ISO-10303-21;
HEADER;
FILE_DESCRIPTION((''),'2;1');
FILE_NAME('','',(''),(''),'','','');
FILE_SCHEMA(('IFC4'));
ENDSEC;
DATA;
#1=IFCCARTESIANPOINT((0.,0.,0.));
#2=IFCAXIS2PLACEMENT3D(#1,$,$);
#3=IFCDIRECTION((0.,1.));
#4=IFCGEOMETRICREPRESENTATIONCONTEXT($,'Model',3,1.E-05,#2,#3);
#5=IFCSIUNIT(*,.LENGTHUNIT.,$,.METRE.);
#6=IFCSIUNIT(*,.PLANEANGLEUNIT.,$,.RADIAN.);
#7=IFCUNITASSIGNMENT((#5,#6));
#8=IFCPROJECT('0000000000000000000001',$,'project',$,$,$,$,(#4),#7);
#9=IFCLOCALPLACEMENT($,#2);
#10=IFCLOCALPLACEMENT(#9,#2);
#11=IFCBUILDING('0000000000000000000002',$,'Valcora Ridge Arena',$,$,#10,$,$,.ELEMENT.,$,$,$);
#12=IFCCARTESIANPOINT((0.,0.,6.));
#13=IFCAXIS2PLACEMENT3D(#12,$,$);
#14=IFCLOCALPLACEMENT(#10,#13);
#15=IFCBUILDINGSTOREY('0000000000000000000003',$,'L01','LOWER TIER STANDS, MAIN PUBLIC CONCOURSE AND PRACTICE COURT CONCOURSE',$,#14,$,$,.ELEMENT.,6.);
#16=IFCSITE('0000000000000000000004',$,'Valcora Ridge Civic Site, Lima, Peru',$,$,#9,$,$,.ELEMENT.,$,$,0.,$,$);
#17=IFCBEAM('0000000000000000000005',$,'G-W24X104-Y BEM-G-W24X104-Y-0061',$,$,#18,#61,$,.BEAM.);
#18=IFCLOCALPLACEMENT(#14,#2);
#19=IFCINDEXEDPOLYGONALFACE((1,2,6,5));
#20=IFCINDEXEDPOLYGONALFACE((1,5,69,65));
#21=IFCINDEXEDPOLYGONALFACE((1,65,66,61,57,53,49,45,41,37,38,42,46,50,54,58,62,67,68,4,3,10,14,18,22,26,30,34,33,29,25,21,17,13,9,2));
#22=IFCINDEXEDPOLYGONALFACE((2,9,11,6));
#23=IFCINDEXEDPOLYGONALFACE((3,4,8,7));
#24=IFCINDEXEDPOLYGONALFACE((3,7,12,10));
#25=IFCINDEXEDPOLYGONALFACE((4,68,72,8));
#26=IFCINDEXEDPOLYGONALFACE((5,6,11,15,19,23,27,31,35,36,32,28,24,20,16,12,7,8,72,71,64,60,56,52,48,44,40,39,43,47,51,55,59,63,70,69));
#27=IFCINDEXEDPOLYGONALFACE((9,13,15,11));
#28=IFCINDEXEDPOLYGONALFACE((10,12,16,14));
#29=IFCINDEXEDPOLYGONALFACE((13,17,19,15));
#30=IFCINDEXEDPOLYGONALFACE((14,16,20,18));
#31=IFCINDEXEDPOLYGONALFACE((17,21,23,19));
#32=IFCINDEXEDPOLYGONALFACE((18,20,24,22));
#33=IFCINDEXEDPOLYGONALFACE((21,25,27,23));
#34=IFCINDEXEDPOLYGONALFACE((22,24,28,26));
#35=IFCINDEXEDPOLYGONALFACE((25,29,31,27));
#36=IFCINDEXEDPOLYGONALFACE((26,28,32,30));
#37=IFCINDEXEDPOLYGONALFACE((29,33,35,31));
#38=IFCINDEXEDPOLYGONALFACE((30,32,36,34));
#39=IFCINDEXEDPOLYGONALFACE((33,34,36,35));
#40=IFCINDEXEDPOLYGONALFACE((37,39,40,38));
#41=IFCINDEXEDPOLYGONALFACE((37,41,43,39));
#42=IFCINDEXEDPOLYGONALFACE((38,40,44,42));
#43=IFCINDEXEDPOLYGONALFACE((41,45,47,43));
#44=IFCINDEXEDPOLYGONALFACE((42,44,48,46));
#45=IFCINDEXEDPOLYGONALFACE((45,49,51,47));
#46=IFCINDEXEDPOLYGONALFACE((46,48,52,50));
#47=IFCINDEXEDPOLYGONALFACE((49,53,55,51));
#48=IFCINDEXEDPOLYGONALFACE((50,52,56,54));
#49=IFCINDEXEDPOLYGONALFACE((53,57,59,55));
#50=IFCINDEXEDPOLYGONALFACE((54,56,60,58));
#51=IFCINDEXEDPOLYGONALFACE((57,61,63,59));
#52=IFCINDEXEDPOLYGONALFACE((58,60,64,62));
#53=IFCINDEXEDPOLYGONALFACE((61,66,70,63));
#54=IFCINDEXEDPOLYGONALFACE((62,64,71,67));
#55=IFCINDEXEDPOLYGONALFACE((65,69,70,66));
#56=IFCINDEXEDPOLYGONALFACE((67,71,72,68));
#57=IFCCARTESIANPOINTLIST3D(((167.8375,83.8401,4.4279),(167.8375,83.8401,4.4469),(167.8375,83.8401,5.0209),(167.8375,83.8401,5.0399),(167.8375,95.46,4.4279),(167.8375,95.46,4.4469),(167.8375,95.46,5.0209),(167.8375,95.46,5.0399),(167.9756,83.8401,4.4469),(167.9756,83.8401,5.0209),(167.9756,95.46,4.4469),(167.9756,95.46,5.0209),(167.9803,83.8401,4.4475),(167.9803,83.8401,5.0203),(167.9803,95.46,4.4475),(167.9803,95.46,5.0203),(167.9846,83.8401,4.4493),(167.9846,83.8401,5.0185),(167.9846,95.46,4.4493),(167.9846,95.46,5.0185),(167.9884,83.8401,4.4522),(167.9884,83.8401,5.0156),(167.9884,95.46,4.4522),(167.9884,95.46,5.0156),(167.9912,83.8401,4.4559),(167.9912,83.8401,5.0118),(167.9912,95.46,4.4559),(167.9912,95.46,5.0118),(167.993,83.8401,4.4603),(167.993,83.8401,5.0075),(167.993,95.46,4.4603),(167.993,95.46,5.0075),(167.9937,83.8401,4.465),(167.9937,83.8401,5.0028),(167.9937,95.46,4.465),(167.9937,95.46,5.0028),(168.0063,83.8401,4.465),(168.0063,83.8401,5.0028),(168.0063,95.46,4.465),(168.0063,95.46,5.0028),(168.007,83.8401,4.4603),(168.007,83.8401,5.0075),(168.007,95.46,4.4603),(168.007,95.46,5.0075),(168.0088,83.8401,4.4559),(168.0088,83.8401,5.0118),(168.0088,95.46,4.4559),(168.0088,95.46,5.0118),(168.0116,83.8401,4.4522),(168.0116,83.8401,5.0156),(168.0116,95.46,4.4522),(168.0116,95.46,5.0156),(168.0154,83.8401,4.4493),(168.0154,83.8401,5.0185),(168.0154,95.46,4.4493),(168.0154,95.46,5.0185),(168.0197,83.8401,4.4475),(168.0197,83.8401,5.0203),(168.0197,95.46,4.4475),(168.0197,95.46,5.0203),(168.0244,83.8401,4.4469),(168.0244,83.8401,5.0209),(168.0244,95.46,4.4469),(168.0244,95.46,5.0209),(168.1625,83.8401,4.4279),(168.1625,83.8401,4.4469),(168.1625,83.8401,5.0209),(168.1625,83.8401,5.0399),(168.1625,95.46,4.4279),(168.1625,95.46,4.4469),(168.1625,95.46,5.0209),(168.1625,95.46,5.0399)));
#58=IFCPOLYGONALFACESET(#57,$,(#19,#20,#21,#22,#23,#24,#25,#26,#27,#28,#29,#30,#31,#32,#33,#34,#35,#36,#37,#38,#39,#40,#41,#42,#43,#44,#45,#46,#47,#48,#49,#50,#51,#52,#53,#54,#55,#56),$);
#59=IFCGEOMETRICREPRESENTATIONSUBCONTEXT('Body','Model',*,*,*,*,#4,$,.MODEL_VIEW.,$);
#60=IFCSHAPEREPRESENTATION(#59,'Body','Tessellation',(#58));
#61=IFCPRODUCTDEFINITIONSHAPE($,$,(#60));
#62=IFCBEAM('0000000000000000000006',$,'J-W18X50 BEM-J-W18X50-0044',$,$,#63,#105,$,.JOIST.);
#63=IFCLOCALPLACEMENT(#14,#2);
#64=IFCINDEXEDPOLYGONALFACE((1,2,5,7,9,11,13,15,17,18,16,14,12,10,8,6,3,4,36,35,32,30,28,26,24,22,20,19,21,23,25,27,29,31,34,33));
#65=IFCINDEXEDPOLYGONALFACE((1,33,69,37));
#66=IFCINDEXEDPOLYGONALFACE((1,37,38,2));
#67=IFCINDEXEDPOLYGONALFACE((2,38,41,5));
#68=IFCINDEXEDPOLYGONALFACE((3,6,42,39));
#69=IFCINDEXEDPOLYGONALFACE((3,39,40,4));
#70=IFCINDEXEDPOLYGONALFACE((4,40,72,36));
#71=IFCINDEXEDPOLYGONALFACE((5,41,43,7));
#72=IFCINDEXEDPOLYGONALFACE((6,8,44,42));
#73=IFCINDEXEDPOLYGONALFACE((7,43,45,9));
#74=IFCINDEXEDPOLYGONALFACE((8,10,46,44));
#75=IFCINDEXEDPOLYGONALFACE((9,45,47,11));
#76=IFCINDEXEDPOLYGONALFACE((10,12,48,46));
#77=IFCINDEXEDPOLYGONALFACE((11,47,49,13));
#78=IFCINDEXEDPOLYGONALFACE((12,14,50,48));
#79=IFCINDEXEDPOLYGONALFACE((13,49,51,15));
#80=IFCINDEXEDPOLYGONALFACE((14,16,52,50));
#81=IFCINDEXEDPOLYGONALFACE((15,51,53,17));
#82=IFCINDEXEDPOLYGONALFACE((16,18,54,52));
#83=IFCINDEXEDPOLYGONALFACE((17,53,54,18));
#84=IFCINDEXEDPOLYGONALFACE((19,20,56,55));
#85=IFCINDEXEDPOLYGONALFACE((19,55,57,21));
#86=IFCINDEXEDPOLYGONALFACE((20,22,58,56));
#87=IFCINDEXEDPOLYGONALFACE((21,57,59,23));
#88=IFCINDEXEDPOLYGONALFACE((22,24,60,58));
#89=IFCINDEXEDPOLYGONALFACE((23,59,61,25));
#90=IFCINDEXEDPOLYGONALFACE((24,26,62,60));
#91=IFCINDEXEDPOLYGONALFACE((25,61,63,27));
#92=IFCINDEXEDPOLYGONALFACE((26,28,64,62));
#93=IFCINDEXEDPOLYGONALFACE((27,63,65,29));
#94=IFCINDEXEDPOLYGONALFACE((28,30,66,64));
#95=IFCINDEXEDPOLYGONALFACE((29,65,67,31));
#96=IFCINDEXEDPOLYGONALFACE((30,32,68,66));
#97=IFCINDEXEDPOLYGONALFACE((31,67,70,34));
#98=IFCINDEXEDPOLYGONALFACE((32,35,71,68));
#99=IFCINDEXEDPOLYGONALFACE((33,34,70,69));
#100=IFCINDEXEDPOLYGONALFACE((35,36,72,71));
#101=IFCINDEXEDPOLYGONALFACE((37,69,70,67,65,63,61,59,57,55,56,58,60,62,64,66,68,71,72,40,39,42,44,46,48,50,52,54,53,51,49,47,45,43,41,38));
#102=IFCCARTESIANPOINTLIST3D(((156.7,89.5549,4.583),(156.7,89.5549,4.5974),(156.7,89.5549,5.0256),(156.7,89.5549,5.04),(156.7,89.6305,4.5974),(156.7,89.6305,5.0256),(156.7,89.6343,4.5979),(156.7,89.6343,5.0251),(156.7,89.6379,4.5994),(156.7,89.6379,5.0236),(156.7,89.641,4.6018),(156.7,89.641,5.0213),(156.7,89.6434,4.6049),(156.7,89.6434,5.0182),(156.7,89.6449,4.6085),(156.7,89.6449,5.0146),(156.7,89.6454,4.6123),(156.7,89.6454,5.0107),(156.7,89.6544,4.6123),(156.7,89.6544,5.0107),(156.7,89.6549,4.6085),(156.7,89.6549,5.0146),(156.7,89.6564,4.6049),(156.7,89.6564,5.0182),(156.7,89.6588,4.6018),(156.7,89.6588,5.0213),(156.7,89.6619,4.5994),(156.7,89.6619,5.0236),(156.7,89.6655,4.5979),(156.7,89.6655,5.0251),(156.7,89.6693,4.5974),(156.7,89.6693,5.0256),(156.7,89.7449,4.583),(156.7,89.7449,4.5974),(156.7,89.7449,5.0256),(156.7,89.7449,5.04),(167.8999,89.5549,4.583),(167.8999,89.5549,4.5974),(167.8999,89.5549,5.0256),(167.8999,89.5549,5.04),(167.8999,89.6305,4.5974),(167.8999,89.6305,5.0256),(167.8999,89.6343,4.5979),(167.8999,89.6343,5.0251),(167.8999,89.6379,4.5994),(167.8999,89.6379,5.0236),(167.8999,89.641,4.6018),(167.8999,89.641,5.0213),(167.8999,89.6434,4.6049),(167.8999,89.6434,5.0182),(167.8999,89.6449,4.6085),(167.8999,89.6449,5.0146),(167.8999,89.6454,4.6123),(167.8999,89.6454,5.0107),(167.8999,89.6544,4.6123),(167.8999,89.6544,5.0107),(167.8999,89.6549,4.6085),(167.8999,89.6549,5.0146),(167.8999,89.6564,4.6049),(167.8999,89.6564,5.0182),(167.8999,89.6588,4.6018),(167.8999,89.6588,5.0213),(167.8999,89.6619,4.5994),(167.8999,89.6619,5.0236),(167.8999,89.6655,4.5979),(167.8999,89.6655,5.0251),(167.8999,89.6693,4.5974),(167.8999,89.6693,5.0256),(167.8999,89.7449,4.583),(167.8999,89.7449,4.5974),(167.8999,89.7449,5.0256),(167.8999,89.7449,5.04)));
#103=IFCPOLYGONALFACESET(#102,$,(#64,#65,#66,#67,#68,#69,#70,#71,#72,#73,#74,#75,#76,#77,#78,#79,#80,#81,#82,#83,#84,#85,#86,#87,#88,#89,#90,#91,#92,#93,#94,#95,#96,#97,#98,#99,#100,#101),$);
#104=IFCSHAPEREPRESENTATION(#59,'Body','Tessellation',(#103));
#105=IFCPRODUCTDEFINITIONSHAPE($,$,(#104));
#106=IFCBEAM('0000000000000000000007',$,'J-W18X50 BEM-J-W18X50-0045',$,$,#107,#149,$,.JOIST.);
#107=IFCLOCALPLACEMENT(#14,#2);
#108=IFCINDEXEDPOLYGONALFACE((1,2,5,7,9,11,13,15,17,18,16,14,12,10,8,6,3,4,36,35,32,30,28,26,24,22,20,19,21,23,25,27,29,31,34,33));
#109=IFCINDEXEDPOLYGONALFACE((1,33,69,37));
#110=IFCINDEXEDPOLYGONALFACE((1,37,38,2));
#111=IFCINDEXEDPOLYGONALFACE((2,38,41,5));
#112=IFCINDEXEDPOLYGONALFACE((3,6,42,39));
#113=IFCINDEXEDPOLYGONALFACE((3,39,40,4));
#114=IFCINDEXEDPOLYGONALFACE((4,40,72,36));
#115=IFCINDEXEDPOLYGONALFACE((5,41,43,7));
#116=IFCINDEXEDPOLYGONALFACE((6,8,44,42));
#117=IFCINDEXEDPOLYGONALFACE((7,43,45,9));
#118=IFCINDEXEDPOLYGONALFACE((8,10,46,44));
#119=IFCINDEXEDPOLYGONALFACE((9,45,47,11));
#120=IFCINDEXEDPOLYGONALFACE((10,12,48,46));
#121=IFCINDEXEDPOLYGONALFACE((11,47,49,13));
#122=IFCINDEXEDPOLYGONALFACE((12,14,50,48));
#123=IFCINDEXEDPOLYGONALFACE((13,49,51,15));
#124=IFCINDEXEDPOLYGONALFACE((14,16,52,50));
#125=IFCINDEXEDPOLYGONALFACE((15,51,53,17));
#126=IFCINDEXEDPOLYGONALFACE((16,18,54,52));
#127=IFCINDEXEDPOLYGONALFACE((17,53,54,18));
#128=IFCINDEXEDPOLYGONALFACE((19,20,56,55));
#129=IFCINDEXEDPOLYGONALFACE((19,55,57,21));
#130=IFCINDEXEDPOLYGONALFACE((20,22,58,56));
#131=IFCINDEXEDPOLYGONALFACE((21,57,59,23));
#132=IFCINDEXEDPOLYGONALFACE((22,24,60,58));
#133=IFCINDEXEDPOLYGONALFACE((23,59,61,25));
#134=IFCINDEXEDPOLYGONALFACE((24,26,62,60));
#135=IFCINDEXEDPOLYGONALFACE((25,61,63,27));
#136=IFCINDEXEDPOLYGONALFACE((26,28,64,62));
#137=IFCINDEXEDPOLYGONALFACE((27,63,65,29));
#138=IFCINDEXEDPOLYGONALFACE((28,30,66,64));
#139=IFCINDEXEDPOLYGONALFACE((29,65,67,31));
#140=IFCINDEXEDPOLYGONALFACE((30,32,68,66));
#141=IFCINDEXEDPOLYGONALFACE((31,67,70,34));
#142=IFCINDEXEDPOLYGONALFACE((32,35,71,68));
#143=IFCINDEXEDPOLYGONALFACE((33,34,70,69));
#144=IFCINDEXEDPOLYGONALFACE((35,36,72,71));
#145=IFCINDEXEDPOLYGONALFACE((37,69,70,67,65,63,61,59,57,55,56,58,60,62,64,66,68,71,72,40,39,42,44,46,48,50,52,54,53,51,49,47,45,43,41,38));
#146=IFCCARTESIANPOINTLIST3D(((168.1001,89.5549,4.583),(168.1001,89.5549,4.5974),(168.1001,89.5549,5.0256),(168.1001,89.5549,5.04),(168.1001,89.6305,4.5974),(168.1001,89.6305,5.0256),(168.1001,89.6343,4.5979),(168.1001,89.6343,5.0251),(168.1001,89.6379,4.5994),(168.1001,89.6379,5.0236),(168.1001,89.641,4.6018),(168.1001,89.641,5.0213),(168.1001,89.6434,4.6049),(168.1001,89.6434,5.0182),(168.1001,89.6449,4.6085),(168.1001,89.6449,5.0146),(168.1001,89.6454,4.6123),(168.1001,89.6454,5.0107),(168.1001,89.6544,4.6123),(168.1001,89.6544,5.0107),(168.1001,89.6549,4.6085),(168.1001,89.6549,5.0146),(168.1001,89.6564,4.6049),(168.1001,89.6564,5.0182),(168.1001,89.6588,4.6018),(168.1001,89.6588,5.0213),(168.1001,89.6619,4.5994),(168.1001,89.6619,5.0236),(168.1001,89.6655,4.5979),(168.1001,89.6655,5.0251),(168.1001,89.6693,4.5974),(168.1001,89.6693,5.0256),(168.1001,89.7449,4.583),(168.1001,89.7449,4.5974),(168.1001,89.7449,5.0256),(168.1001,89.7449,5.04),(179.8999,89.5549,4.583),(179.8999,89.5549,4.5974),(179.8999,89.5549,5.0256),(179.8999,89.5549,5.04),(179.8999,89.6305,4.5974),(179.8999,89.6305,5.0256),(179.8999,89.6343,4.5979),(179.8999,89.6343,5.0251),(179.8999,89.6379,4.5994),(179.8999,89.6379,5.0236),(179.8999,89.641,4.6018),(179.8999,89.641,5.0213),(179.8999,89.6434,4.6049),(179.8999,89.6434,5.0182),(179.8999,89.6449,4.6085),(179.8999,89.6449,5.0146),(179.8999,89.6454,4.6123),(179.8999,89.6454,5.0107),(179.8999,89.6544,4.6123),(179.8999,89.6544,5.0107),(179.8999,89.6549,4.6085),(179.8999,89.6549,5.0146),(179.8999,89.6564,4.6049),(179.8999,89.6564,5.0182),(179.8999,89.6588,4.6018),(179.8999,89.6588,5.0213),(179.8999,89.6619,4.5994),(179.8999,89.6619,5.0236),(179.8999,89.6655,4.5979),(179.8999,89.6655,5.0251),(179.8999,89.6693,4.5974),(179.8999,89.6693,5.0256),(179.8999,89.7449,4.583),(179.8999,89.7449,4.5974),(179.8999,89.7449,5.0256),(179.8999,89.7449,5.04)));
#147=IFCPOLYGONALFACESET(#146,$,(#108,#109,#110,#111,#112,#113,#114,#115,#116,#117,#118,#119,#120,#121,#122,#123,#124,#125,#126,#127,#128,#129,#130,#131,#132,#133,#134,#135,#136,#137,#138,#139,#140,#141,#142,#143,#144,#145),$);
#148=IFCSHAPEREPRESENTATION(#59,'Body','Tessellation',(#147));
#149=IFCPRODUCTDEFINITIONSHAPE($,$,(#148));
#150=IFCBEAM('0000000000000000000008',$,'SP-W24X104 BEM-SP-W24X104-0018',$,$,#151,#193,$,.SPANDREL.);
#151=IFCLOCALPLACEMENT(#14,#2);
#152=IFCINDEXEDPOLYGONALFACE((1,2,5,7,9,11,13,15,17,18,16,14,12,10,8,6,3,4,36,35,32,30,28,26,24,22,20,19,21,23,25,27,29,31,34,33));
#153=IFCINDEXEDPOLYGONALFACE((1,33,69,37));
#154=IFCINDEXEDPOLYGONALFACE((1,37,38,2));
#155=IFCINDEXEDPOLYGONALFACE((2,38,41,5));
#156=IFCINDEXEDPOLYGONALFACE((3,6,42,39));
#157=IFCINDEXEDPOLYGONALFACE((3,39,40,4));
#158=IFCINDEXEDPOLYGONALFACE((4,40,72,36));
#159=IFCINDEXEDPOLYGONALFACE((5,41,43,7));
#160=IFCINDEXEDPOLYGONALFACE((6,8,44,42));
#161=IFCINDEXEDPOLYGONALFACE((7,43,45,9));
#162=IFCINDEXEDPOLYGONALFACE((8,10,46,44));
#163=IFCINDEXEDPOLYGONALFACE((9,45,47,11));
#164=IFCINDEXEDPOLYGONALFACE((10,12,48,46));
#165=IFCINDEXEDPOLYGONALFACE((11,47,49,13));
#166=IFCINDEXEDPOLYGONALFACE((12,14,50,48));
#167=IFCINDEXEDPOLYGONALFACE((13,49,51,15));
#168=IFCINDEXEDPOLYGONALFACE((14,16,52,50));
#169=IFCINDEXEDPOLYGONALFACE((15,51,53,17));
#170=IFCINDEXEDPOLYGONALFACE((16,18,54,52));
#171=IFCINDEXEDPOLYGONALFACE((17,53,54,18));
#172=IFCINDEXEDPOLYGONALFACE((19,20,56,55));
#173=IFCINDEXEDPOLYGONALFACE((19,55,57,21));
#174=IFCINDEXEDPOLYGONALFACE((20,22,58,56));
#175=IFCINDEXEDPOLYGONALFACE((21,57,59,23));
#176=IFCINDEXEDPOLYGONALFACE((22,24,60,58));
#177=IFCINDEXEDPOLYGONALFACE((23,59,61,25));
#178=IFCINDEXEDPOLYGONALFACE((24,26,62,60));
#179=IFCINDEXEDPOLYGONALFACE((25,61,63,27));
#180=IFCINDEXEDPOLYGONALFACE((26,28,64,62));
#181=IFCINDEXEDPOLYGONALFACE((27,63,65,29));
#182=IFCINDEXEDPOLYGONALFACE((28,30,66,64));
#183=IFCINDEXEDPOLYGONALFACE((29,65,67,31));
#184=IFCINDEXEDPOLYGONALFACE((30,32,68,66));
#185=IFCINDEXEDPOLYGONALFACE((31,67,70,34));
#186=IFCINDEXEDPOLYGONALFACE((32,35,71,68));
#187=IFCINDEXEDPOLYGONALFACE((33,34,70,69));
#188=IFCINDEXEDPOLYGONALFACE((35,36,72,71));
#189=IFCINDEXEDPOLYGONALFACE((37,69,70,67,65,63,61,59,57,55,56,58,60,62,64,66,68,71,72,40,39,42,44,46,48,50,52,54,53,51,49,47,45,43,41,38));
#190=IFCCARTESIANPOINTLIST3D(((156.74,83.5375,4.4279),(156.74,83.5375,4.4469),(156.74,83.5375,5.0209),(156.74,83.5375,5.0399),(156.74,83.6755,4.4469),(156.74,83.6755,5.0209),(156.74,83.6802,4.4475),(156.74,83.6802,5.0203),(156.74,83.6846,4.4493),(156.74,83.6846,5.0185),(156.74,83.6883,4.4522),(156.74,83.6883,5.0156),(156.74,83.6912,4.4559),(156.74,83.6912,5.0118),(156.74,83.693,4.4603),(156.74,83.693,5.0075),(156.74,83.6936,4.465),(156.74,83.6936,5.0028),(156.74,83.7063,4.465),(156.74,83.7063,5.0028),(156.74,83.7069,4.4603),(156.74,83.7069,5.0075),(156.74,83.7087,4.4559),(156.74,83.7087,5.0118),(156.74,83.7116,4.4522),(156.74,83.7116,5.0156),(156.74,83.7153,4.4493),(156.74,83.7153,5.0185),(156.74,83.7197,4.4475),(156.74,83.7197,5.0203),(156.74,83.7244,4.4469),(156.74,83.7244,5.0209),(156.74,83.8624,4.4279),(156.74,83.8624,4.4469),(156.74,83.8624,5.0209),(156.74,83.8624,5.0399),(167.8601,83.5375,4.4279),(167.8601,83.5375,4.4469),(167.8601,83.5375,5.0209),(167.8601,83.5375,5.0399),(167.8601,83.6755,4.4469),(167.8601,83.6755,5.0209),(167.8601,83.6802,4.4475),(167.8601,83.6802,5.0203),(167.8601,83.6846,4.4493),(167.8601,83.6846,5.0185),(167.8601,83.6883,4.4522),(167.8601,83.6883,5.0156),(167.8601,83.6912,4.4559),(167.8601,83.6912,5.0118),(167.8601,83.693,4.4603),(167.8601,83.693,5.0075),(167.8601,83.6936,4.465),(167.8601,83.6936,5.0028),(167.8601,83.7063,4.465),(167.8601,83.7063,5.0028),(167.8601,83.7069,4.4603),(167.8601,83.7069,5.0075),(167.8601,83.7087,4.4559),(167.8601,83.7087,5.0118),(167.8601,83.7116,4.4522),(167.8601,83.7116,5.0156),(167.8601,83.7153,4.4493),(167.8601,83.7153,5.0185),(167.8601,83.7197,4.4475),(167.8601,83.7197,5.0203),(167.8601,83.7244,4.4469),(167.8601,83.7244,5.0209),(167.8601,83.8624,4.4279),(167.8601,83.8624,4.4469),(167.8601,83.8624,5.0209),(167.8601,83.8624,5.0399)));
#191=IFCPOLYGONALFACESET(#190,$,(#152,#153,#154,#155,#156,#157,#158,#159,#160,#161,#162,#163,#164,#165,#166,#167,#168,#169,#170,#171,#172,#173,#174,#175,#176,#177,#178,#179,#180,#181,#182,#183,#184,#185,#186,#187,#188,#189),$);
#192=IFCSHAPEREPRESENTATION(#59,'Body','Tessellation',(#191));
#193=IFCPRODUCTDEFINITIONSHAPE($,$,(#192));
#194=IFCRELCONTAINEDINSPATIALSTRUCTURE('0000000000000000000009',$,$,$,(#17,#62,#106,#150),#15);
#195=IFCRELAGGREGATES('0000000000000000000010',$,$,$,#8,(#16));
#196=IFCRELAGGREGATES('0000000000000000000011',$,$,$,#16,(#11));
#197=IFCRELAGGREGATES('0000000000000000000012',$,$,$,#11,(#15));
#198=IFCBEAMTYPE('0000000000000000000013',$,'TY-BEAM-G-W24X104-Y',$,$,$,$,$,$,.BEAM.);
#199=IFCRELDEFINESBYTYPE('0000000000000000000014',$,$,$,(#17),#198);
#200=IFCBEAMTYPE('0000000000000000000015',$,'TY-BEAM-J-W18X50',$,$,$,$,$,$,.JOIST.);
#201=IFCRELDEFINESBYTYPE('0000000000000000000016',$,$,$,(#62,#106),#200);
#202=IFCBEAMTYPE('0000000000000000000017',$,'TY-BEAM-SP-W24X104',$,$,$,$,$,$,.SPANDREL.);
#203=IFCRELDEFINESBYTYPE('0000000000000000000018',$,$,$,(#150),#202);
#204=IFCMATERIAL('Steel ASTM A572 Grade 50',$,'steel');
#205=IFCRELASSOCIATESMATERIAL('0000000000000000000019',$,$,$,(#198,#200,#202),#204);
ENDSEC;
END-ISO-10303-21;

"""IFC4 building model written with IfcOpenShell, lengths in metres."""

from ifc_helpers import new_model, si_unit, direction, frame, origin, origin_2d, place, context, subcontext, project, spatial, i_section, extrude, material, material_profile, profile_set, type_object, element, save


model = new_model("IFC4")

# Units and contexts
model_context = context("Model", 3, precision=1e-05, world=origin(), true_north=direction((0.0, 1.0)))
body_context = subcontext(model_context, "Body", "Model", "MODEL_VIEW")
ifc_project = project(units=[si_unit("LENGTHUNIT", "METRE"), si_unit("PLANEANGLEUNIT", "RADIAN")], contexts=[model_context])

# Site, building, storey
site_placement = place(None, origin())
site = spatial("IfcSite", under=ifc_project, at=site_placement, Name="Valcora Ridge Civic Site, Lima, Peru", CompositionType="ELEMENT", RefElevation=0.0)
building_placement = place(site_placement, origin())
building = spatial("IfcBuilding", under=site, at=building_placement, Name="Valcora Ridge Arena", CompositionType="ELEMENT")
storey_placement = place(building_placement, frame((0.0, 0.0, 6.0)))
storey = spatial("IfcBuildingStorey", under=building, at=storey_placement, Name="L01", Description="LOWER TIER STANDS, MAIN PUBLIC CONCOURSE AND PRACTICE COURT CONCOURSE", CompositionType="ELEMENT", Elevation=6.0)

# Beams
ifc_material_1 = material(Name="Steel ASTM A572 Grade 50", Category="steel")
ifc_material_profile_1 = material_profile(ifc_material_1, i_section(OverallWidth=0.325, OverallDepth=0.6121, WebThickness=0.0127, FlangeThickness=0.019, FilletRadius=0.0181, at=origin_2d()), Name="W24X104")
ifc_profile_set_1 = profile_set([ifc_material_profile_1], Name="Steel ASTM A572 Grade 50")
beam_type_1 = type_object("IfcBeamType", Name="TY-BEAM-G-W24X104-Y", PredefinedType="BEAM", material=ifc_profile_set_1)
for number, where, z_axis, x_axis, name in (
    (1, (168.0, 83.8401, 4.7339), (0.0, 1.0, 0.0), (-1.0, 0.0, 0.0), "G-W24X104-Y BEM-G-W24X104-Y-0061"),
):
    element("IfcBeam", number, at=place(storey_placement, frame(where, z_axis=z_axis, x_axis=x_axis)), inside=storey, type_object=beam_type_1, Name=name, PredefinedType="BEAM", context=body_context, shape_type="SweptSolid", body=[
        extrude(i_section(OverallWidth=0.325, OverallDepth=0.6121, WebThickness=0.0127, FlangeThickness=0.019, FilletRadius=0.0181, at=origin_2d()), origin(), (0.0, 0.0, 1.0), 11.6199),
    ])
ifc_material_profile_2 = material_profile(ifc_material_1, i_section(OverallWidth=0.1899, OverallDepth=0.457, WebThickness=0.009, FlangeThickness=0.0144, FilletRadius=0.0149, at=origin_2d()), Name="W18X50")
ifc_profile_set_2 = profile_set([ifc_material_profile_2], Name="Steel ASTM A572 Grade 50")
beam_type_2 = type_object("IfcBeamType", Name="TY-BEAM-J-W18X50", PredefinedType="JOIST", material=ifc_profile_set_2)
beam_1_placement = place(storey_placement, frame((156.7, 89.6499, 4.8115), z_axis=(1.0, 0.0, 0.0), x_axis=(0.0, 1.0, 0.0)))
element("IfcBeam", 2, at=beam_1_placement, inside=storey, type_object=beam_type_2, Name="J-W18X50 BEM-J-W18X50-0044", PredefinedType="JOIST", context=body_context, shape_type="SweptSolid", body=[
    extrude(i_section(OverallWidth=0.1899, OverallDepth=0.457, WebThickness=0.009, FlangeThickness=0.0144, FilletRadius=0.0149, at=origin_2d()), origin(), (0.0, 0.0, 1.0), 11.2),
])
beam_2_placement = place(storey_placement, frame((168.1001, 89.6499, 4.8115), z_axis=(1.0, 0.0, 0.0), x_axis=(0.0, 1.0, 0.0)))
element("IfcBeam", 3, at=beam_2_placement, inside=storey, type_object=beam_type_2, Name="J-W18X50 BEM-J-W18X50-0045", PredefinedType="JOIST", context=body_context, shape_type="SweptSolid", body=[
    extrude(i_section(OverallWidth=0.1899, OverallDepth=0.457, WebThickness=0.009, FlangeThickness=0.0144, FilletRadius=0.0149, at=origin_2d()), origin(), (0.0, 0.0, 1.0), 11.7998),
])
ifc_material_profile_3 = material_profile(ifc_material_1, i_section(OverallWidth=0.325, OverallDepth=0.6121, WebThickness=0.0127, FlangeThickness=0.019, FilletRadius=0.0181, at=origin_2d()), Name="W24X104")
ifc_profile_set_3 = profile_set([ifc_material_profile_3], Name="Steel ASTM A572 Grade 50")
beam_type_3 = type_object("IfcBeamType", Name="TY-BEAM-SP-W24X104", PredefinedType="SPANDREL", material=ifc_profile_set_3)
beam_3_placement = place(storey_placement, frame((156.74, 83.7, 4.7339), z_axis=(1.0, 0.0, 0.0), x_axis=(0.0, 1.0, 0.0)))
element("IfcBeam", 4, at=beam_3_placement, inside=storey, type_object=beam_type_3, Name="SP-W24X104 BEM-SP-W24X104-0018", PredefinedType="SPANDREL", context=body_context, shape_type="SweptSolid", body=[
    extrude(i_section(OverallWidth=0.325, OverallDepth=0.6121, WebThickness=0.0127, FlangeThickness=0.019, FilletRadius=0.0181, at=origin_2d()), origin(), (0.0, 0.0, 1.0), 11.1201),
])

save(model, "model.ifc")
